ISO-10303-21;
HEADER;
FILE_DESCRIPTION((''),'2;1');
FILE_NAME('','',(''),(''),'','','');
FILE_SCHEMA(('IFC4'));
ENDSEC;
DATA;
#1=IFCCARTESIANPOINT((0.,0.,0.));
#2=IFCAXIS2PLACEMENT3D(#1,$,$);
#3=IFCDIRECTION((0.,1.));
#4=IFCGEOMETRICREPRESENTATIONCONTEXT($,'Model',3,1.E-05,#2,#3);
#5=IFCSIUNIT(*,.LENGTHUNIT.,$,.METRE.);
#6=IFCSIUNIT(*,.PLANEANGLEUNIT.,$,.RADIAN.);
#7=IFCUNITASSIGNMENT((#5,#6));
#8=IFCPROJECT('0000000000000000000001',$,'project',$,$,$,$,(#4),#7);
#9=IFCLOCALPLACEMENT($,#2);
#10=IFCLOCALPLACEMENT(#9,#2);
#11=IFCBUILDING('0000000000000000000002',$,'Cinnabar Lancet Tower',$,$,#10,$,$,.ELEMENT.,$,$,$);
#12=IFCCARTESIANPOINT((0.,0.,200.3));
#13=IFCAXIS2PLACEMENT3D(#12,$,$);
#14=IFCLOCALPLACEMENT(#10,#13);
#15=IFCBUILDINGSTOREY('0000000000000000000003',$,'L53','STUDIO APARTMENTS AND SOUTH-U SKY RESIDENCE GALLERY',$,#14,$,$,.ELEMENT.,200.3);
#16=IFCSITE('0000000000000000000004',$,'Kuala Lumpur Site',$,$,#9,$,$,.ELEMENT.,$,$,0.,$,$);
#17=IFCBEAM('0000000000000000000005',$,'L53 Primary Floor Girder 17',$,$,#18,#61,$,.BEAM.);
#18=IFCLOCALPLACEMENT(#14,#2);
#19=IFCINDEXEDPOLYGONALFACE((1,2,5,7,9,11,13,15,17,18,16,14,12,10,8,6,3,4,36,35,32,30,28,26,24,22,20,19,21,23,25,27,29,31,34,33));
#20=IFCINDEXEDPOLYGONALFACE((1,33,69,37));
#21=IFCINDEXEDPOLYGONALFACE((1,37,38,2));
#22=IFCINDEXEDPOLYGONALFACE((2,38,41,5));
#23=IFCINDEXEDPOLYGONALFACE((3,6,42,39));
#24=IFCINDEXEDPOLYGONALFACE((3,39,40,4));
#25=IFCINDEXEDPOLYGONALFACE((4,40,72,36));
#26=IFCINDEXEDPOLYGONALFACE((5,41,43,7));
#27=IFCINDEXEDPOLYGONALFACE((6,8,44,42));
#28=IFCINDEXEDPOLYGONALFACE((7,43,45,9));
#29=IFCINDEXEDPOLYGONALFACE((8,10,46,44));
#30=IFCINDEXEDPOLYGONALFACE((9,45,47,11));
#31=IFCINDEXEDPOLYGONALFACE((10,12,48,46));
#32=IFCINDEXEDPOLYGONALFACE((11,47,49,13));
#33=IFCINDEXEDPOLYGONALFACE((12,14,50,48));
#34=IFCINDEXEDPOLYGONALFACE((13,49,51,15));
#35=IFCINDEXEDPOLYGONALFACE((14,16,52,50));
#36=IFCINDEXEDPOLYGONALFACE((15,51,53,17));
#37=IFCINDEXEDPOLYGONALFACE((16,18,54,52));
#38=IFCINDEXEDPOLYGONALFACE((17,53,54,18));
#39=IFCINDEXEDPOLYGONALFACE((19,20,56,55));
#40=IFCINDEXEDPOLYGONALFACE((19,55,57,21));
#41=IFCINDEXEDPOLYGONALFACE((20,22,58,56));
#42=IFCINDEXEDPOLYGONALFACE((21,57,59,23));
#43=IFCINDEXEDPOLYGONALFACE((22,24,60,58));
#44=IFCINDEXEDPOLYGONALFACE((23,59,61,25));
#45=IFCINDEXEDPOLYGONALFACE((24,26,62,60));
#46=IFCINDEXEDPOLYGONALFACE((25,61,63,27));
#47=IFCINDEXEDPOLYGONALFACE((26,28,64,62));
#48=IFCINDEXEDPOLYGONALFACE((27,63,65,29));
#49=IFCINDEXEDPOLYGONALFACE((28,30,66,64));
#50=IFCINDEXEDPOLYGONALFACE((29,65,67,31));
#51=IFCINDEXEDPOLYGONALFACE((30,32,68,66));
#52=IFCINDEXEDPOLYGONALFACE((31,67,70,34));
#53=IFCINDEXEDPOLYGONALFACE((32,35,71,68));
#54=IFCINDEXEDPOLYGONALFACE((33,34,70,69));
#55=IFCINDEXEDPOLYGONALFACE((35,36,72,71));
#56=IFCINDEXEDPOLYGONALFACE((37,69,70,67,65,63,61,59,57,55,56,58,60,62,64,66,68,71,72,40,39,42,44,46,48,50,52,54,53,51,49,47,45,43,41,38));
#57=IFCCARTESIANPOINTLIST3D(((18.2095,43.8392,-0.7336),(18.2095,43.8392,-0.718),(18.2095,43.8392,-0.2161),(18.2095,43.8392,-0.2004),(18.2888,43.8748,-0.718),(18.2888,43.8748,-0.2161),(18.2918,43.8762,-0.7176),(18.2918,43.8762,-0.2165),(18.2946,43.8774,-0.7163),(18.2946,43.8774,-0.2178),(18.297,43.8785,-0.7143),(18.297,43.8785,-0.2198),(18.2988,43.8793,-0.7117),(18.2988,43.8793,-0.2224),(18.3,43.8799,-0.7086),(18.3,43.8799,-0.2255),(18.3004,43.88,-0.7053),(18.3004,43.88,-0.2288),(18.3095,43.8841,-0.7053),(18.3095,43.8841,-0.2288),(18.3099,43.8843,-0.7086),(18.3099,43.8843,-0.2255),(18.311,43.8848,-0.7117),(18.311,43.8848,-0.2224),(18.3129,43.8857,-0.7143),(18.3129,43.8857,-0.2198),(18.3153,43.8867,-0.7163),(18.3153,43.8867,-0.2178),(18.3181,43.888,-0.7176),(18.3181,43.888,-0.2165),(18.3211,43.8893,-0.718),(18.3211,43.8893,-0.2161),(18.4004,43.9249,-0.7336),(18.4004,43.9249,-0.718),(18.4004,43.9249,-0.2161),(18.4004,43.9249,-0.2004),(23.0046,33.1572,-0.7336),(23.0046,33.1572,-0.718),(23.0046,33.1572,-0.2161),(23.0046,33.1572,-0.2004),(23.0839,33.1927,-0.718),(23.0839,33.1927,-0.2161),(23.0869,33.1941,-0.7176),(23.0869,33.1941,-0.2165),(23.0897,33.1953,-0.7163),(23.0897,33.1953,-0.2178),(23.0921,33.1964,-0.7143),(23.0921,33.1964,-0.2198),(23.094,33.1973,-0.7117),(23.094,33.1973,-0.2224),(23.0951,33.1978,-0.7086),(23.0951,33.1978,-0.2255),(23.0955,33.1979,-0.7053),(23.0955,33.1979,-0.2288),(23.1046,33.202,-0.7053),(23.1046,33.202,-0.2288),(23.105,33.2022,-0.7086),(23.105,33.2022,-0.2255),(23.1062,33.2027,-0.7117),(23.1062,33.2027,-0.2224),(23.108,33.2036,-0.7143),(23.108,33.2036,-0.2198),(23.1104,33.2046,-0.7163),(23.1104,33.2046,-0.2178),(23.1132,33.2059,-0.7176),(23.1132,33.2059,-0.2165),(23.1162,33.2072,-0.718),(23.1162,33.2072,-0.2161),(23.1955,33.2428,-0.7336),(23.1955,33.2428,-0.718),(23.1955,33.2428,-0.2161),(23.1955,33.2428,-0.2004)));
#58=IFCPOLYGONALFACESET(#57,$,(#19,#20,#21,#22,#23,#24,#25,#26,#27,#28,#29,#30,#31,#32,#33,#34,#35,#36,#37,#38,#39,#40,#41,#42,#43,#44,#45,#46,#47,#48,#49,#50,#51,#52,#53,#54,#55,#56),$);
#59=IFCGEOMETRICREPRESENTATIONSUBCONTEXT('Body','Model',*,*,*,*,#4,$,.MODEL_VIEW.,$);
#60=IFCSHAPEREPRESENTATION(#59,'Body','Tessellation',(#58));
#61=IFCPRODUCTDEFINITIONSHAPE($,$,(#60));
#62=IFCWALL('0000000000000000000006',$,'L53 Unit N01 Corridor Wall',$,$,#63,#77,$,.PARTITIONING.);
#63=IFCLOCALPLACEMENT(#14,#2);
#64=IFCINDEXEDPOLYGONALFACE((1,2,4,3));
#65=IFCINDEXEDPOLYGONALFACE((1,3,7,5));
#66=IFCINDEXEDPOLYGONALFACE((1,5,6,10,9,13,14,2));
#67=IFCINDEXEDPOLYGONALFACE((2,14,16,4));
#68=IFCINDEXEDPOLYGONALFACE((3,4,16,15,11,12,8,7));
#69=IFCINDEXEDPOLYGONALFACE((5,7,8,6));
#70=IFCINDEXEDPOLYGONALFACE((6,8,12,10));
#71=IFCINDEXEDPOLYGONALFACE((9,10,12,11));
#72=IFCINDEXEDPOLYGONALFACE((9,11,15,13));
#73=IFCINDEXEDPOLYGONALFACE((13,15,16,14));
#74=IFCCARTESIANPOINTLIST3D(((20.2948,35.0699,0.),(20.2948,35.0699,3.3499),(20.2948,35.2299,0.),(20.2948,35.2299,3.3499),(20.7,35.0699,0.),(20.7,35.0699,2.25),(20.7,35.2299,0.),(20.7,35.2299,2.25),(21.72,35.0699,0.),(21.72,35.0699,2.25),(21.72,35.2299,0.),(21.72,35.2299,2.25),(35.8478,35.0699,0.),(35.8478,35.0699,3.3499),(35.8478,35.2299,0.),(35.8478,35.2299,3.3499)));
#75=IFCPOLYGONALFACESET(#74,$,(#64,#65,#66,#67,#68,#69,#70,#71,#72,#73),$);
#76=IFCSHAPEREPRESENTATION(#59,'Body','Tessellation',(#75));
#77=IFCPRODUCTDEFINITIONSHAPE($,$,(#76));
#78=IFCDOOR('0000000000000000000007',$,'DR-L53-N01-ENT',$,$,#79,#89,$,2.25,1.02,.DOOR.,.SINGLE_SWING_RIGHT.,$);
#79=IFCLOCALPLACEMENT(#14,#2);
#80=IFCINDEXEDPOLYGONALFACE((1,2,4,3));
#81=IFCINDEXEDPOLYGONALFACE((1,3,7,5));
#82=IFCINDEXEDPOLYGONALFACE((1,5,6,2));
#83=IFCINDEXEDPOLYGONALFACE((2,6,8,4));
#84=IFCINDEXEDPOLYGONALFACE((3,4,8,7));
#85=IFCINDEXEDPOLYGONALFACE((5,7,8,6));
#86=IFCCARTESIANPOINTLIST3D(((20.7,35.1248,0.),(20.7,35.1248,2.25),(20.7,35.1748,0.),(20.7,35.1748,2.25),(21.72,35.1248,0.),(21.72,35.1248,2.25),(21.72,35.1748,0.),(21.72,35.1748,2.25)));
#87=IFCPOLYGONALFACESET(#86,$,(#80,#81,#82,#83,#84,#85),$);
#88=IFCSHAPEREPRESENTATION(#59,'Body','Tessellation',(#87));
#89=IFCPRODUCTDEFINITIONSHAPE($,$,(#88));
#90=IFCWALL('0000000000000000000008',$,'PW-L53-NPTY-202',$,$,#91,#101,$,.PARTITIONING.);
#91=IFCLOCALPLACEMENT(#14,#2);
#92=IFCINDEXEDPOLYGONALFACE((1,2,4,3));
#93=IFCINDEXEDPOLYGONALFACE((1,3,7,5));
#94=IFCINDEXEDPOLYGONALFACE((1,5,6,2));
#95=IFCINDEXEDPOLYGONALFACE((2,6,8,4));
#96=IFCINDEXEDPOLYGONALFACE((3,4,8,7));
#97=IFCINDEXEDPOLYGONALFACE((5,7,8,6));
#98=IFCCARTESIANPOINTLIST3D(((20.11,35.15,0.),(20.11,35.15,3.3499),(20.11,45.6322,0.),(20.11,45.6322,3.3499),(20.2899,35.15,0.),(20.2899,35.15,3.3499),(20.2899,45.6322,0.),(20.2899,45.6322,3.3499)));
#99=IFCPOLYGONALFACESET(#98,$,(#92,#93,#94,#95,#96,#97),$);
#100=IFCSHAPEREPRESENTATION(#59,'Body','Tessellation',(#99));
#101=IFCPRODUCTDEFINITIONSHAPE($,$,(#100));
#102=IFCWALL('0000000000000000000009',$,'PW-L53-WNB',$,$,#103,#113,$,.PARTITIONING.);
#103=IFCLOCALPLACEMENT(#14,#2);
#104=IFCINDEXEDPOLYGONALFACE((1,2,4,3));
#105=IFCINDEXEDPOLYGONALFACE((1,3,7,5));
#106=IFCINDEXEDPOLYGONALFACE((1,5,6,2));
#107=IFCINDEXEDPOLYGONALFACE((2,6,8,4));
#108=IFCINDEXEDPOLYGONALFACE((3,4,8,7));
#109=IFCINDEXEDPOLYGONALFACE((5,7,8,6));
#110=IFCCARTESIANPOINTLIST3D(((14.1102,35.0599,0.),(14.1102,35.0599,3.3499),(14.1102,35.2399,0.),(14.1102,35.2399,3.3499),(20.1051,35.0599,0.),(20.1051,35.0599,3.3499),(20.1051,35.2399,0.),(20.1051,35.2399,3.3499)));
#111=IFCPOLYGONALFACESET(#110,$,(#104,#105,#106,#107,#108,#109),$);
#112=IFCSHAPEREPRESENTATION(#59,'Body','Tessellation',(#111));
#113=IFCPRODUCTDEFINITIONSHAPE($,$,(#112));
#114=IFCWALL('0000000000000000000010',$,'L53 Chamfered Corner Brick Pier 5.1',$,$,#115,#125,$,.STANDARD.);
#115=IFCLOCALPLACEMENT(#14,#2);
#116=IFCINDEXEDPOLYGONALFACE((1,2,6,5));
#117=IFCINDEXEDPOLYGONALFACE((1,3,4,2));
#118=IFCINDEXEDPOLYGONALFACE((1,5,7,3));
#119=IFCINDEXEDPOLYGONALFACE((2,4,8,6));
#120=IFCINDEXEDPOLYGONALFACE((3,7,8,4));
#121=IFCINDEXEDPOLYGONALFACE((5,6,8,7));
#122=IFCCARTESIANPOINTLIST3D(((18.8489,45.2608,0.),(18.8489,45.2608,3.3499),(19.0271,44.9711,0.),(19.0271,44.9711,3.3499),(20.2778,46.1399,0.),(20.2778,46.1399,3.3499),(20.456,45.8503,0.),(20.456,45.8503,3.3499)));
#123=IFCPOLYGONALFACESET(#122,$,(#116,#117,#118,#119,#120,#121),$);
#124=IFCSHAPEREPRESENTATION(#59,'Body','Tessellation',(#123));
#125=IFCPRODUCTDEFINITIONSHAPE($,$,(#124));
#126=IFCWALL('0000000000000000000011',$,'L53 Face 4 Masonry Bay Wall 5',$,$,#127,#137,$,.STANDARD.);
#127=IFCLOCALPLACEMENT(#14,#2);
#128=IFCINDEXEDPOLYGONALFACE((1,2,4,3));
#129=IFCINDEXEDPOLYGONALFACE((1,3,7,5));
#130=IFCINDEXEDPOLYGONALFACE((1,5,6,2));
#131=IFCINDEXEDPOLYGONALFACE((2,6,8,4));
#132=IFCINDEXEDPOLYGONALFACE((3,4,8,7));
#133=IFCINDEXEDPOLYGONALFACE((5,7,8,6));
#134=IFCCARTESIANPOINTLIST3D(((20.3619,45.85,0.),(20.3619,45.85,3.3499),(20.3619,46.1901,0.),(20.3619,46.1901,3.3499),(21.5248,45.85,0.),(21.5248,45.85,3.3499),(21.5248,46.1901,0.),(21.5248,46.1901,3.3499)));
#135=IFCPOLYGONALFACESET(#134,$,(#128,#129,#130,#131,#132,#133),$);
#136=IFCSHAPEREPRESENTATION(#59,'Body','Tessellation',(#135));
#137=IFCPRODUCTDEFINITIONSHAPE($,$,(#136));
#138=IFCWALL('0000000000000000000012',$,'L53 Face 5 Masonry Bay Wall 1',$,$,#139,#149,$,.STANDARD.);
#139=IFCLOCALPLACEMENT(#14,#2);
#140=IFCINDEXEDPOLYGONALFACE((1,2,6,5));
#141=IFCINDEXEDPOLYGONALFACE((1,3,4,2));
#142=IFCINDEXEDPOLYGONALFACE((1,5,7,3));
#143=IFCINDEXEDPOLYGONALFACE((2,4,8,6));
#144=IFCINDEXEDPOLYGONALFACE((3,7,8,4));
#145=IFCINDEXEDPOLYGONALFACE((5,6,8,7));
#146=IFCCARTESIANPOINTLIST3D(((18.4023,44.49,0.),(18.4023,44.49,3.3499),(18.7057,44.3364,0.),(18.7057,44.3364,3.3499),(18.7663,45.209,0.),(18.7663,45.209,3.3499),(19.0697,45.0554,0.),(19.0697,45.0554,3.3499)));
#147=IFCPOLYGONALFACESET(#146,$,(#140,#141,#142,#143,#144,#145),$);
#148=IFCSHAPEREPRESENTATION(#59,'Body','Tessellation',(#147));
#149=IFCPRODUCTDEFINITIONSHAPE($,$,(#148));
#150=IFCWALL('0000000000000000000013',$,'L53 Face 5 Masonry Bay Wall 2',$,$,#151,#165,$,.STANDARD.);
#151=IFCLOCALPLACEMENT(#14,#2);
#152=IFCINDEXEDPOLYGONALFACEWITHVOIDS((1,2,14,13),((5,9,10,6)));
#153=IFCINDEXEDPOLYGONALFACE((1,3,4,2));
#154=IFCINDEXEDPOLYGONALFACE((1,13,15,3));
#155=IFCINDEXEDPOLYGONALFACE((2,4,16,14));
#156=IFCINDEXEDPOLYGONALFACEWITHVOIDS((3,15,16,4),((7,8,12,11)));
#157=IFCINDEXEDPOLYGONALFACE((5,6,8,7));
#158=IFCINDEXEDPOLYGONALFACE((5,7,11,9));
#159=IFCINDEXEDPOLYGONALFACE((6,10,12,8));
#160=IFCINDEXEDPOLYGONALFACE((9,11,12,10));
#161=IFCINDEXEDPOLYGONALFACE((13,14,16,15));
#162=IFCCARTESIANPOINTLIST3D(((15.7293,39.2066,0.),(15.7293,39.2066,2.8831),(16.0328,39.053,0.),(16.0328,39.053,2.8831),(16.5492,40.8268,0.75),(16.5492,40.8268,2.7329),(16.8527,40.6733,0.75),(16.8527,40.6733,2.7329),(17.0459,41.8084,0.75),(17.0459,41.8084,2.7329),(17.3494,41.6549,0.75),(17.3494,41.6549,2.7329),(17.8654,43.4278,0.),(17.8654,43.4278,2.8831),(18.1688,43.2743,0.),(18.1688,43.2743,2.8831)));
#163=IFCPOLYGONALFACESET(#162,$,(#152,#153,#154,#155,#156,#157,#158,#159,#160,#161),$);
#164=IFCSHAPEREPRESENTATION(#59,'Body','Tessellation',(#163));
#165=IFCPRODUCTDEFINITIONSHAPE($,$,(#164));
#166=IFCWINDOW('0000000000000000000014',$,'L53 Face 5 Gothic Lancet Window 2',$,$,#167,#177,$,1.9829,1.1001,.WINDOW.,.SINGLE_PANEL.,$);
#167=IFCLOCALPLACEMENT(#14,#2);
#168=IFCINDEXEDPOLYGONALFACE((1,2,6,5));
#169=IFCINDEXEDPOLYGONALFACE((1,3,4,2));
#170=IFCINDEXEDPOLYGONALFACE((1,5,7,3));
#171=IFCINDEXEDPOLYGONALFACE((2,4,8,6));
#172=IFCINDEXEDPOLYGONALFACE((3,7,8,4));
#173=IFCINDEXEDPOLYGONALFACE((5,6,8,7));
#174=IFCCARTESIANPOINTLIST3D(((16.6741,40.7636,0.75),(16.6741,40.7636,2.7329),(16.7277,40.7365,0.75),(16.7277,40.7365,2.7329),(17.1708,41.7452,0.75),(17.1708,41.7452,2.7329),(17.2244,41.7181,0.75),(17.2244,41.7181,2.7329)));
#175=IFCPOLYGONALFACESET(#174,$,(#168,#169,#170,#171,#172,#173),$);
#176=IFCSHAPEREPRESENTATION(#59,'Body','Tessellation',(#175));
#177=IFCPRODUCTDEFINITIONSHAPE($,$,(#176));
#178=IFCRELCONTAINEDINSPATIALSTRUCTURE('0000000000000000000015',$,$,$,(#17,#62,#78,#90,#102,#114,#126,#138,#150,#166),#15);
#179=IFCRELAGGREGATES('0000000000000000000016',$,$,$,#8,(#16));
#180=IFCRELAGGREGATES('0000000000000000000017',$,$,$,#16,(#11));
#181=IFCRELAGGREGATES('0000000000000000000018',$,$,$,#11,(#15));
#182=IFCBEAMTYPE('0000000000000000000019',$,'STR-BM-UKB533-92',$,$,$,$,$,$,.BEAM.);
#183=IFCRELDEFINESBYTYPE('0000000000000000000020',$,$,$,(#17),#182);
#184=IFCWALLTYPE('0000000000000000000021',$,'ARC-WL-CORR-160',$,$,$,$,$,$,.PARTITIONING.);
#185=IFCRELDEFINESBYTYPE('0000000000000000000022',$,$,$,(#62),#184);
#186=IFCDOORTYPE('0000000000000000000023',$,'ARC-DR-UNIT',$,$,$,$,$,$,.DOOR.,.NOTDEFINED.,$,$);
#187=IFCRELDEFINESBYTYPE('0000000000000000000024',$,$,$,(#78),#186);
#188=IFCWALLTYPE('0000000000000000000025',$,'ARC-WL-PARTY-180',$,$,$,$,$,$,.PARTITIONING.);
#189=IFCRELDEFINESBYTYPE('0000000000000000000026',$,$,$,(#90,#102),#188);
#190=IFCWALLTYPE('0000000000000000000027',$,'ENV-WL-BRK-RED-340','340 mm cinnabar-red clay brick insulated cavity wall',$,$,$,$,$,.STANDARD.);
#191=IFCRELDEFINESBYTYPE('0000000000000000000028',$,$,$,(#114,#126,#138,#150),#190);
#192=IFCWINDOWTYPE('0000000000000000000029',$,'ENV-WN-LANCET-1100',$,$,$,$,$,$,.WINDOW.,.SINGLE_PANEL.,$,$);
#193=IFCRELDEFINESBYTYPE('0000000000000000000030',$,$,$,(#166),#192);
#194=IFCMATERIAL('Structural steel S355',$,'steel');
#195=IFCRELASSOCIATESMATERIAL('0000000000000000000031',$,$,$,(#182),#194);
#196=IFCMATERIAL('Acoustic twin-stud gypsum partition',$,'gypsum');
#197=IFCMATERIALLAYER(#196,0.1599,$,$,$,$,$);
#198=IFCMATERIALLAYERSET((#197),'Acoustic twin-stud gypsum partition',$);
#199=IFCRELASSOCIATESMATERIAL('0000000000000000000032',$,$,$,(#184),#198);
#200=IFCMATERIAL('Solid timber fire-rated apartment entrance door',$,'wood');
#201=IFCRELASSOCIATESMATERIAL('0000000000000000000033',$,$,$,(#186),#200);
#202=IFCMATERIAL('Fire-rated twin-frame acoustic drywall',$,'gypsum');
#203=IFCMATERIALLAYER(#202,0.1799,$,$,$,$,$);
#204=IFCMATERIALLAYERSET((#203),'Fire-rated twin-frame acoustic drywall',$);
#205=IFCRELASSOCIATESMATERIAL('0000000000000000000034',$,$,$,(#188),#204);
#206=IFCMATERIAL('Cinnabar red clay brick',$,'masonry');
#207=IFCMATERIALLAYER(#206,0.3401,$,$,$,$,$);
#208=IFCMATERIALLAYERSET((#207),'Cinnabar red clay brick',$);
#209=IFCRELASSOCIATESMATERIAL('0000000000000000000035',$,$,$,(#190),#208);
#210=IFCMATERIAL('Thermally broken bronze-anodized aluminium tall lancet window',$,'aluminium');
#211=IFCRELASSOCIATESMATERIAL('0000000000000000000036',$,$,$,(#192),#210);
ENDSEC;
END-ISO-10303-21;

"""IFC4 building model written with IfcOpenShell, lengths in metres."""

from ifc_helpers import new_model, si_unit, direction, frame, frame_2d, origin, origin_2d, place, context, subcontext, project, spatial, rectangle, i_section, extrude, material, layer, layer_set, material_profile, profile_set, type_object, element, fill, save


model = new_model("IFC4")

# Units and contexts
model_context = context("Model", 3, precision=1e-05, world=origin(), true_north=direction((0.0, 1.0)))
body_context = subcontext(model_context, "Body", "Model", "MODEL_VIEW")
ifc_project = project(units=[si_unit("LENGTHUNIT", "METRE"), si_unit("PLANEANGLEUNIT", "RADIAN")], contexts=[model_context])

# Site, building, storey
site_placement = place(None, origin())
site = spatial("IfcSite", under=ifc_project, at=site_placement, Name="Kuala Lumpur Site", CompositionType="ELEMENT", RefElevation=0.0)
building_placement = place(site_placement, origin())
building = spatial("IfcBuilding", under=site, at=building_placement, Name="Cinnabar Lancet Tower", CompositionType="ELEMENT")
storey_placement = place(building_placement, frame((0.0, 0.0, 200.3)))
storey = spatial("IfcBuildingStorey", under=building, at=storey_placement, Name="L53", Description="STUDIO APARTMENTS AND SOUTH-U SKY RESIDENCE GALLERY", CompositionType="ELEMENT", Elevation=200.3)

# Beam
ifc_material_1 = material(Name="Structural steel S355", Category="steel")
ifc_material_profile_1 = material_profile(ifc_material_1, i_section(OverallWidth=0.2092, OverallDepth=0.5332, WebThickness=0.01, FlangeThickness=0.0156, FilletRadius=0.0127, at=origin_2d()), Name="UKB 533x210x92")
ifc_profile_set_1 = profile_set([ifc_material_profile_1], Name="Structural steel S355")
beam_type_1 = type_object("IfcBeamType", Name="STR-BM-UKB533-92", PredefinedType="BEAM", material=ifc_profile_set_1)
beam_1_placement = place(storey_placement, frame((18.3049, 43.8821, -0.467), z_axis=(0.409527, -0.912298, 0.0), x_axis=(0.912298, 0.409527, 0.0)))
element("IfcBeam", 1, at=beam_1_placement, inside=storey, type_object=beam_type_1, Name="L53 Primary Floor Girder 17", PredefinedType="BEAM", context=body_context, shape_type="SweptSolid", body=[
    extrude(i_section(OverallWidth=0.2092, OverallDepth=0.5332, WebThickness=0.01, FlangeThickness=0.0156, FilletRadius=0.0127, at=origin_2d()), origin(), (0.0, 0.0, 1.0), 11.709),
])

# Wall, opening, door
ifc_material_2 = material(Name="Acoustic twin-stud gypsum partition", Category="gypsum")
ifc_layer_1 = layer(ifc_material_2, 0.1599)
ifc_layer_set_1 = layer_set([ifc_layer_1], Name="Acoustic twin-stud gypsum partition")
wall_type_1 = type_object("IfcWallType", Name="ARC-WL-CORR-160", PredefinedType="PARTITIONING", material=ifc_layer_set_1)
wall_1_placement = place(storey_placement, frame((20.2949, 35.1499, 0.0), z_axis=(0.0, 0.0, 1.0), x_axis=(1.0, 0.0, 0.0)))
wall_1 = element("IfcWall", 2, at=wall_1_placement, inside=storey, type_object=wall_type_1, Name="L53 Unit N01 Corridor Wall", PredefinedType="PARTITIONING", context=body_context, shape_type="SweptSolid", body=[
    extrude(rectangle(XDim=15.553, YDim=0.1599, at=frame_2d((7.7764, 0.0))), origin(), (0.0, 0.0, 1.0), 3.3499),
])
opening_1_placement = place(wall_1_placement, frame((0.405, 0.0, 0.0)))
opening_1 = element("IfcOpeningElement", 3, at=opening_1_placement, cuts=wall_1, PredefinedType="OPENING", context=body_context, shape_type="SweptSolid", body=[
    extrude(rectangle(XDim=1.02, YDim=2.25, at=frame_2d((0.51, 1.125))), frame((0.0, 0.0898, 0.0), z_axis=(0.0, -1.0, 0.0), x_axis=(1.0, 0.0, 0.0)), (0.0, 0.0, 1.0), 0.1799),
])
ifc_material_3 = material(Name="Solid timber fire-rated apartment entrance door", Category="wood")
door_type = type_object("IfcDoorType", Name="ARC-DR-UNIT", OperationType="NOTDEFINED", PredefinedType="DOOR", material=ifc_material_3)
door_placement = place(opening_1_placement, origin())
door = element("IfcDoor", 4, at=door_placement, inside=storey, type_object=door_type, Name="DR-L53-N01-ENT", OperationType="SINGLE_SWING_RIGHT", OverallHeight=2.25, OverallWidth=1.02, PredefinedType="DOOR", context=body_context, shape_type="SweptSolid", body=[
    extrude(rectangle(XDim=1.02, YDim=2.25, at=frame_2d((0.51, 1.125))), frame((0.0, 0.0249, 0.0), z_axis=(0.0, -1.0, 0.0), x_axis=(1.0, 0.0, 0.0)), (0.0, 0.0, 1.0), 0.05),
])
fill(opening_1, door)

# Walls
ifc_material_4 = material(Name="Fire-rated twin-frame acoustic drywall", Category="gypsum")
ifc_layer_2 = layer(ifc_material_4, 0.1799)
ifc_layer_set_2 = layer_set([ifc_layer_2], Name="Fire-rated twin-frame acoustic drywall")
wall_type_2 = type_object("IfcWallType", Name="ARC-WL-PARTY-180", PredefinedType="PARTITIONING", material=ifc_layer_set_2)
wall_2_placement = place(storey_placement, frame((20.2, 35.1499, 0.0), z_axis=(0.0, 0.0, 1.0), x_axis=(0.0, 1.0, 0.0)))
element("IfcWall", 5, at=wall_2_placement, inside=storey, type_object=wall_type_2, Name="PW-L53-NPTY-202", PredefinedType="PARTITIONING", context=body_context, shape_type="SweptSolid", body=[
    extrude(rectangle(XDim=10.4822, YDim=0.1799, at=frame_2d((5.2412, 0.0))), origin(), (0.0, 0.0, 1.0), 3.3499),
])
wall_3_placement = place(storey_placement, frame((14.1101, 35.1499, 0.0), z_axis=(0.0, 0.0, 1.0), x_axis=(1.0, 0.0, 0.0)))
element("IfcWall", 6, at=wall_3_placement, inside=storey, type_object=wall_type_2, Name="PW-L53-WNB", PredefinedType="PARTITIONING", context=body_context, shape_type="SweptSolid", body=[
    extrude(rectangle(XDim=5.9949, YDim=0.1799, at=frame_2d((2.9976, 0.0))), origin(), (0.0, 0.0, 1.0), 3.3499),
])
ifc_material_5 = material(Name="Cinnabar red clay brick", Category="masonry")
ifc_layer_3 = layer(ifc_material_5, 0.3401)
ifc_layer_set_3 = layer_set([ifc_layer_3], Name="Cinnabar red clay brick")
wall_type_3 = type_object("IfcWallType", Name="ENV-WL-BRK-RED-340", Description="340 mm cinnabar-red clay brick insulated cavity wall", PredefinedType="STANDARD", material=ifc_layer_set_3)
wall_4_placement = place(storey_placement, frame((20.3669, 45.9951, 0.0), z_axis=(0.0, 0.0, 1.0), x_axis=(-0.851713, -0.524008, 0.0)))
element("IfcWall", 7, at=wall_4_placement, inside=storey, type_object=wall_type_3, Name="L53 Chamfered Corner Brick Pier 5.1", PredefinedType="STANDARD", context=body_context, shape_type="SweptSolid", body=[
    extrude(rectangle(XDim=1.6777, YDim=0.3401, at=frame_2d((0.8389, 0.0))), origin(), (0.0, 0.0, 1.0), 3.3499),
])
wall_5_placement = place(storey_placement, frame((21.5249, 46.02, 0.0), z_axis=(0.0, 0.0, 1.0), x_axis=(-1.0, 0.0, 0.0)))
element("IfcWall", 8, at=wall_5_placement, inside=storey, type_object=wall_type_3, Name="L53 Face 4 Masonry Bay Wall 5", PredefinedType="STANDARD", context=body_context, shape_type="SweptSolid", body=[
    extrude(rectangle(XDim=1.1628, YDim=0.3401, at=frame_2d((0.5815, 0.0))), origin(), (0.0, 0.0, 1.0), 3.3499),
])
wall_6_placement = place(storey_placement, frame((18.918, 45.1321, 0.0), z_axis=(0.0, 0.0, 1.0), x_axis=(-0.451692, -0.892174, 0.0)))
element("IfcWall", 9, at=wall_6_placement, inside=storey, type_object=wall_type_3, Name="L53 Face 5 Masonry Bay Wall 1", PredefinedType="STANDARD", context=body_context, shape_type="SweptSolid", body=[
    extrude(rectangle(XDim=0.8059, YDim=0.3401, at=frame_2d((0.4028, 0.0))), origin(), (0.0, 0.0, 1.0), 3.3499),
])

# Wall, opening, window
wall_7_placement = place(storey_placement, frame((18.0171, 43.3511, 0.0), z_axis=(0.0, 0.0, 1.0), x_axis=(-0.451502, -0.89227, 0.0)))
wall_7 = element("IfcWall", 10, at=wall_7_placement, inside=storey, type_object=wall_type_3, Name="L53 Face 5 Masonry Bay Wall 2", PredefinedType="STANDARD", context=body_context, shape_type="SweptSolid", body=[
    extrude(rectangle(XDim=4.731, YDim=0.3401, at=frame_2d((2.3655, 0.0))), origin(), (0.0, 0.0, 1.0), 2.8831),
])
opening_2_placement = place(wall_7_placement, frame((1.8149, 0.0, 0.75)))
opening_2 = element("IfcOpeningElement", 11, at=opening_2_placement, cuts=wall_7, PredefinedType="OPENING", context=body_context, shape_type="SweptSolid", body=[
    extrude(rectangle(XDim=1.1001, YDim=1.9829, at=frame_2d((0.55, 0.9915))), frame((0.0, 0.1799, 0.0), z_axis=(0.0, -1.0, 0.0), x_axis=(1.0, 0.0, 0.0)), (0.0, 0.0, 1.0), 0.3601),
])
ifc_material_6 = material(Name="Thermally broken bronze-anodized aluminium tall lancet window", Category="aluminium")
window_type = type_object("IfcWindowType", Name="ENV-WN-LANCET-1100", PartitioningType="SINGLE_PANEL", PredefinedType="WINDOW", material=ifc_material_6)
window_1_placement = place(opening_2_placement, origin())
window_1 = element("IfcWindow", 12, at=window_1_placement, inside=storey, type_object=window_type, Name="L53 Face 5 Gothic Lancet Window 2", OverallHeight=1.9829, OverallWidth=1.1001, PartitioningType="SINGLE_PANEL", PredefinedType="WINDOW", context=body_context, shape_type="SweptSolid", body=[
    extrude(rectangle(XDim=1.1001, YDim=1.9829, at=frame_2d((0.55, 0.9915))), frame((0.0, 0.03, 0.0), z_axis=(0.0, -1.0, 0.0), x_axis=(1.0, 0.0, 0.0)), (0.0, 0.0, 1.0), 0.0601),
])
fill(opening_2, window_1)

save(model, "model.ifc")
